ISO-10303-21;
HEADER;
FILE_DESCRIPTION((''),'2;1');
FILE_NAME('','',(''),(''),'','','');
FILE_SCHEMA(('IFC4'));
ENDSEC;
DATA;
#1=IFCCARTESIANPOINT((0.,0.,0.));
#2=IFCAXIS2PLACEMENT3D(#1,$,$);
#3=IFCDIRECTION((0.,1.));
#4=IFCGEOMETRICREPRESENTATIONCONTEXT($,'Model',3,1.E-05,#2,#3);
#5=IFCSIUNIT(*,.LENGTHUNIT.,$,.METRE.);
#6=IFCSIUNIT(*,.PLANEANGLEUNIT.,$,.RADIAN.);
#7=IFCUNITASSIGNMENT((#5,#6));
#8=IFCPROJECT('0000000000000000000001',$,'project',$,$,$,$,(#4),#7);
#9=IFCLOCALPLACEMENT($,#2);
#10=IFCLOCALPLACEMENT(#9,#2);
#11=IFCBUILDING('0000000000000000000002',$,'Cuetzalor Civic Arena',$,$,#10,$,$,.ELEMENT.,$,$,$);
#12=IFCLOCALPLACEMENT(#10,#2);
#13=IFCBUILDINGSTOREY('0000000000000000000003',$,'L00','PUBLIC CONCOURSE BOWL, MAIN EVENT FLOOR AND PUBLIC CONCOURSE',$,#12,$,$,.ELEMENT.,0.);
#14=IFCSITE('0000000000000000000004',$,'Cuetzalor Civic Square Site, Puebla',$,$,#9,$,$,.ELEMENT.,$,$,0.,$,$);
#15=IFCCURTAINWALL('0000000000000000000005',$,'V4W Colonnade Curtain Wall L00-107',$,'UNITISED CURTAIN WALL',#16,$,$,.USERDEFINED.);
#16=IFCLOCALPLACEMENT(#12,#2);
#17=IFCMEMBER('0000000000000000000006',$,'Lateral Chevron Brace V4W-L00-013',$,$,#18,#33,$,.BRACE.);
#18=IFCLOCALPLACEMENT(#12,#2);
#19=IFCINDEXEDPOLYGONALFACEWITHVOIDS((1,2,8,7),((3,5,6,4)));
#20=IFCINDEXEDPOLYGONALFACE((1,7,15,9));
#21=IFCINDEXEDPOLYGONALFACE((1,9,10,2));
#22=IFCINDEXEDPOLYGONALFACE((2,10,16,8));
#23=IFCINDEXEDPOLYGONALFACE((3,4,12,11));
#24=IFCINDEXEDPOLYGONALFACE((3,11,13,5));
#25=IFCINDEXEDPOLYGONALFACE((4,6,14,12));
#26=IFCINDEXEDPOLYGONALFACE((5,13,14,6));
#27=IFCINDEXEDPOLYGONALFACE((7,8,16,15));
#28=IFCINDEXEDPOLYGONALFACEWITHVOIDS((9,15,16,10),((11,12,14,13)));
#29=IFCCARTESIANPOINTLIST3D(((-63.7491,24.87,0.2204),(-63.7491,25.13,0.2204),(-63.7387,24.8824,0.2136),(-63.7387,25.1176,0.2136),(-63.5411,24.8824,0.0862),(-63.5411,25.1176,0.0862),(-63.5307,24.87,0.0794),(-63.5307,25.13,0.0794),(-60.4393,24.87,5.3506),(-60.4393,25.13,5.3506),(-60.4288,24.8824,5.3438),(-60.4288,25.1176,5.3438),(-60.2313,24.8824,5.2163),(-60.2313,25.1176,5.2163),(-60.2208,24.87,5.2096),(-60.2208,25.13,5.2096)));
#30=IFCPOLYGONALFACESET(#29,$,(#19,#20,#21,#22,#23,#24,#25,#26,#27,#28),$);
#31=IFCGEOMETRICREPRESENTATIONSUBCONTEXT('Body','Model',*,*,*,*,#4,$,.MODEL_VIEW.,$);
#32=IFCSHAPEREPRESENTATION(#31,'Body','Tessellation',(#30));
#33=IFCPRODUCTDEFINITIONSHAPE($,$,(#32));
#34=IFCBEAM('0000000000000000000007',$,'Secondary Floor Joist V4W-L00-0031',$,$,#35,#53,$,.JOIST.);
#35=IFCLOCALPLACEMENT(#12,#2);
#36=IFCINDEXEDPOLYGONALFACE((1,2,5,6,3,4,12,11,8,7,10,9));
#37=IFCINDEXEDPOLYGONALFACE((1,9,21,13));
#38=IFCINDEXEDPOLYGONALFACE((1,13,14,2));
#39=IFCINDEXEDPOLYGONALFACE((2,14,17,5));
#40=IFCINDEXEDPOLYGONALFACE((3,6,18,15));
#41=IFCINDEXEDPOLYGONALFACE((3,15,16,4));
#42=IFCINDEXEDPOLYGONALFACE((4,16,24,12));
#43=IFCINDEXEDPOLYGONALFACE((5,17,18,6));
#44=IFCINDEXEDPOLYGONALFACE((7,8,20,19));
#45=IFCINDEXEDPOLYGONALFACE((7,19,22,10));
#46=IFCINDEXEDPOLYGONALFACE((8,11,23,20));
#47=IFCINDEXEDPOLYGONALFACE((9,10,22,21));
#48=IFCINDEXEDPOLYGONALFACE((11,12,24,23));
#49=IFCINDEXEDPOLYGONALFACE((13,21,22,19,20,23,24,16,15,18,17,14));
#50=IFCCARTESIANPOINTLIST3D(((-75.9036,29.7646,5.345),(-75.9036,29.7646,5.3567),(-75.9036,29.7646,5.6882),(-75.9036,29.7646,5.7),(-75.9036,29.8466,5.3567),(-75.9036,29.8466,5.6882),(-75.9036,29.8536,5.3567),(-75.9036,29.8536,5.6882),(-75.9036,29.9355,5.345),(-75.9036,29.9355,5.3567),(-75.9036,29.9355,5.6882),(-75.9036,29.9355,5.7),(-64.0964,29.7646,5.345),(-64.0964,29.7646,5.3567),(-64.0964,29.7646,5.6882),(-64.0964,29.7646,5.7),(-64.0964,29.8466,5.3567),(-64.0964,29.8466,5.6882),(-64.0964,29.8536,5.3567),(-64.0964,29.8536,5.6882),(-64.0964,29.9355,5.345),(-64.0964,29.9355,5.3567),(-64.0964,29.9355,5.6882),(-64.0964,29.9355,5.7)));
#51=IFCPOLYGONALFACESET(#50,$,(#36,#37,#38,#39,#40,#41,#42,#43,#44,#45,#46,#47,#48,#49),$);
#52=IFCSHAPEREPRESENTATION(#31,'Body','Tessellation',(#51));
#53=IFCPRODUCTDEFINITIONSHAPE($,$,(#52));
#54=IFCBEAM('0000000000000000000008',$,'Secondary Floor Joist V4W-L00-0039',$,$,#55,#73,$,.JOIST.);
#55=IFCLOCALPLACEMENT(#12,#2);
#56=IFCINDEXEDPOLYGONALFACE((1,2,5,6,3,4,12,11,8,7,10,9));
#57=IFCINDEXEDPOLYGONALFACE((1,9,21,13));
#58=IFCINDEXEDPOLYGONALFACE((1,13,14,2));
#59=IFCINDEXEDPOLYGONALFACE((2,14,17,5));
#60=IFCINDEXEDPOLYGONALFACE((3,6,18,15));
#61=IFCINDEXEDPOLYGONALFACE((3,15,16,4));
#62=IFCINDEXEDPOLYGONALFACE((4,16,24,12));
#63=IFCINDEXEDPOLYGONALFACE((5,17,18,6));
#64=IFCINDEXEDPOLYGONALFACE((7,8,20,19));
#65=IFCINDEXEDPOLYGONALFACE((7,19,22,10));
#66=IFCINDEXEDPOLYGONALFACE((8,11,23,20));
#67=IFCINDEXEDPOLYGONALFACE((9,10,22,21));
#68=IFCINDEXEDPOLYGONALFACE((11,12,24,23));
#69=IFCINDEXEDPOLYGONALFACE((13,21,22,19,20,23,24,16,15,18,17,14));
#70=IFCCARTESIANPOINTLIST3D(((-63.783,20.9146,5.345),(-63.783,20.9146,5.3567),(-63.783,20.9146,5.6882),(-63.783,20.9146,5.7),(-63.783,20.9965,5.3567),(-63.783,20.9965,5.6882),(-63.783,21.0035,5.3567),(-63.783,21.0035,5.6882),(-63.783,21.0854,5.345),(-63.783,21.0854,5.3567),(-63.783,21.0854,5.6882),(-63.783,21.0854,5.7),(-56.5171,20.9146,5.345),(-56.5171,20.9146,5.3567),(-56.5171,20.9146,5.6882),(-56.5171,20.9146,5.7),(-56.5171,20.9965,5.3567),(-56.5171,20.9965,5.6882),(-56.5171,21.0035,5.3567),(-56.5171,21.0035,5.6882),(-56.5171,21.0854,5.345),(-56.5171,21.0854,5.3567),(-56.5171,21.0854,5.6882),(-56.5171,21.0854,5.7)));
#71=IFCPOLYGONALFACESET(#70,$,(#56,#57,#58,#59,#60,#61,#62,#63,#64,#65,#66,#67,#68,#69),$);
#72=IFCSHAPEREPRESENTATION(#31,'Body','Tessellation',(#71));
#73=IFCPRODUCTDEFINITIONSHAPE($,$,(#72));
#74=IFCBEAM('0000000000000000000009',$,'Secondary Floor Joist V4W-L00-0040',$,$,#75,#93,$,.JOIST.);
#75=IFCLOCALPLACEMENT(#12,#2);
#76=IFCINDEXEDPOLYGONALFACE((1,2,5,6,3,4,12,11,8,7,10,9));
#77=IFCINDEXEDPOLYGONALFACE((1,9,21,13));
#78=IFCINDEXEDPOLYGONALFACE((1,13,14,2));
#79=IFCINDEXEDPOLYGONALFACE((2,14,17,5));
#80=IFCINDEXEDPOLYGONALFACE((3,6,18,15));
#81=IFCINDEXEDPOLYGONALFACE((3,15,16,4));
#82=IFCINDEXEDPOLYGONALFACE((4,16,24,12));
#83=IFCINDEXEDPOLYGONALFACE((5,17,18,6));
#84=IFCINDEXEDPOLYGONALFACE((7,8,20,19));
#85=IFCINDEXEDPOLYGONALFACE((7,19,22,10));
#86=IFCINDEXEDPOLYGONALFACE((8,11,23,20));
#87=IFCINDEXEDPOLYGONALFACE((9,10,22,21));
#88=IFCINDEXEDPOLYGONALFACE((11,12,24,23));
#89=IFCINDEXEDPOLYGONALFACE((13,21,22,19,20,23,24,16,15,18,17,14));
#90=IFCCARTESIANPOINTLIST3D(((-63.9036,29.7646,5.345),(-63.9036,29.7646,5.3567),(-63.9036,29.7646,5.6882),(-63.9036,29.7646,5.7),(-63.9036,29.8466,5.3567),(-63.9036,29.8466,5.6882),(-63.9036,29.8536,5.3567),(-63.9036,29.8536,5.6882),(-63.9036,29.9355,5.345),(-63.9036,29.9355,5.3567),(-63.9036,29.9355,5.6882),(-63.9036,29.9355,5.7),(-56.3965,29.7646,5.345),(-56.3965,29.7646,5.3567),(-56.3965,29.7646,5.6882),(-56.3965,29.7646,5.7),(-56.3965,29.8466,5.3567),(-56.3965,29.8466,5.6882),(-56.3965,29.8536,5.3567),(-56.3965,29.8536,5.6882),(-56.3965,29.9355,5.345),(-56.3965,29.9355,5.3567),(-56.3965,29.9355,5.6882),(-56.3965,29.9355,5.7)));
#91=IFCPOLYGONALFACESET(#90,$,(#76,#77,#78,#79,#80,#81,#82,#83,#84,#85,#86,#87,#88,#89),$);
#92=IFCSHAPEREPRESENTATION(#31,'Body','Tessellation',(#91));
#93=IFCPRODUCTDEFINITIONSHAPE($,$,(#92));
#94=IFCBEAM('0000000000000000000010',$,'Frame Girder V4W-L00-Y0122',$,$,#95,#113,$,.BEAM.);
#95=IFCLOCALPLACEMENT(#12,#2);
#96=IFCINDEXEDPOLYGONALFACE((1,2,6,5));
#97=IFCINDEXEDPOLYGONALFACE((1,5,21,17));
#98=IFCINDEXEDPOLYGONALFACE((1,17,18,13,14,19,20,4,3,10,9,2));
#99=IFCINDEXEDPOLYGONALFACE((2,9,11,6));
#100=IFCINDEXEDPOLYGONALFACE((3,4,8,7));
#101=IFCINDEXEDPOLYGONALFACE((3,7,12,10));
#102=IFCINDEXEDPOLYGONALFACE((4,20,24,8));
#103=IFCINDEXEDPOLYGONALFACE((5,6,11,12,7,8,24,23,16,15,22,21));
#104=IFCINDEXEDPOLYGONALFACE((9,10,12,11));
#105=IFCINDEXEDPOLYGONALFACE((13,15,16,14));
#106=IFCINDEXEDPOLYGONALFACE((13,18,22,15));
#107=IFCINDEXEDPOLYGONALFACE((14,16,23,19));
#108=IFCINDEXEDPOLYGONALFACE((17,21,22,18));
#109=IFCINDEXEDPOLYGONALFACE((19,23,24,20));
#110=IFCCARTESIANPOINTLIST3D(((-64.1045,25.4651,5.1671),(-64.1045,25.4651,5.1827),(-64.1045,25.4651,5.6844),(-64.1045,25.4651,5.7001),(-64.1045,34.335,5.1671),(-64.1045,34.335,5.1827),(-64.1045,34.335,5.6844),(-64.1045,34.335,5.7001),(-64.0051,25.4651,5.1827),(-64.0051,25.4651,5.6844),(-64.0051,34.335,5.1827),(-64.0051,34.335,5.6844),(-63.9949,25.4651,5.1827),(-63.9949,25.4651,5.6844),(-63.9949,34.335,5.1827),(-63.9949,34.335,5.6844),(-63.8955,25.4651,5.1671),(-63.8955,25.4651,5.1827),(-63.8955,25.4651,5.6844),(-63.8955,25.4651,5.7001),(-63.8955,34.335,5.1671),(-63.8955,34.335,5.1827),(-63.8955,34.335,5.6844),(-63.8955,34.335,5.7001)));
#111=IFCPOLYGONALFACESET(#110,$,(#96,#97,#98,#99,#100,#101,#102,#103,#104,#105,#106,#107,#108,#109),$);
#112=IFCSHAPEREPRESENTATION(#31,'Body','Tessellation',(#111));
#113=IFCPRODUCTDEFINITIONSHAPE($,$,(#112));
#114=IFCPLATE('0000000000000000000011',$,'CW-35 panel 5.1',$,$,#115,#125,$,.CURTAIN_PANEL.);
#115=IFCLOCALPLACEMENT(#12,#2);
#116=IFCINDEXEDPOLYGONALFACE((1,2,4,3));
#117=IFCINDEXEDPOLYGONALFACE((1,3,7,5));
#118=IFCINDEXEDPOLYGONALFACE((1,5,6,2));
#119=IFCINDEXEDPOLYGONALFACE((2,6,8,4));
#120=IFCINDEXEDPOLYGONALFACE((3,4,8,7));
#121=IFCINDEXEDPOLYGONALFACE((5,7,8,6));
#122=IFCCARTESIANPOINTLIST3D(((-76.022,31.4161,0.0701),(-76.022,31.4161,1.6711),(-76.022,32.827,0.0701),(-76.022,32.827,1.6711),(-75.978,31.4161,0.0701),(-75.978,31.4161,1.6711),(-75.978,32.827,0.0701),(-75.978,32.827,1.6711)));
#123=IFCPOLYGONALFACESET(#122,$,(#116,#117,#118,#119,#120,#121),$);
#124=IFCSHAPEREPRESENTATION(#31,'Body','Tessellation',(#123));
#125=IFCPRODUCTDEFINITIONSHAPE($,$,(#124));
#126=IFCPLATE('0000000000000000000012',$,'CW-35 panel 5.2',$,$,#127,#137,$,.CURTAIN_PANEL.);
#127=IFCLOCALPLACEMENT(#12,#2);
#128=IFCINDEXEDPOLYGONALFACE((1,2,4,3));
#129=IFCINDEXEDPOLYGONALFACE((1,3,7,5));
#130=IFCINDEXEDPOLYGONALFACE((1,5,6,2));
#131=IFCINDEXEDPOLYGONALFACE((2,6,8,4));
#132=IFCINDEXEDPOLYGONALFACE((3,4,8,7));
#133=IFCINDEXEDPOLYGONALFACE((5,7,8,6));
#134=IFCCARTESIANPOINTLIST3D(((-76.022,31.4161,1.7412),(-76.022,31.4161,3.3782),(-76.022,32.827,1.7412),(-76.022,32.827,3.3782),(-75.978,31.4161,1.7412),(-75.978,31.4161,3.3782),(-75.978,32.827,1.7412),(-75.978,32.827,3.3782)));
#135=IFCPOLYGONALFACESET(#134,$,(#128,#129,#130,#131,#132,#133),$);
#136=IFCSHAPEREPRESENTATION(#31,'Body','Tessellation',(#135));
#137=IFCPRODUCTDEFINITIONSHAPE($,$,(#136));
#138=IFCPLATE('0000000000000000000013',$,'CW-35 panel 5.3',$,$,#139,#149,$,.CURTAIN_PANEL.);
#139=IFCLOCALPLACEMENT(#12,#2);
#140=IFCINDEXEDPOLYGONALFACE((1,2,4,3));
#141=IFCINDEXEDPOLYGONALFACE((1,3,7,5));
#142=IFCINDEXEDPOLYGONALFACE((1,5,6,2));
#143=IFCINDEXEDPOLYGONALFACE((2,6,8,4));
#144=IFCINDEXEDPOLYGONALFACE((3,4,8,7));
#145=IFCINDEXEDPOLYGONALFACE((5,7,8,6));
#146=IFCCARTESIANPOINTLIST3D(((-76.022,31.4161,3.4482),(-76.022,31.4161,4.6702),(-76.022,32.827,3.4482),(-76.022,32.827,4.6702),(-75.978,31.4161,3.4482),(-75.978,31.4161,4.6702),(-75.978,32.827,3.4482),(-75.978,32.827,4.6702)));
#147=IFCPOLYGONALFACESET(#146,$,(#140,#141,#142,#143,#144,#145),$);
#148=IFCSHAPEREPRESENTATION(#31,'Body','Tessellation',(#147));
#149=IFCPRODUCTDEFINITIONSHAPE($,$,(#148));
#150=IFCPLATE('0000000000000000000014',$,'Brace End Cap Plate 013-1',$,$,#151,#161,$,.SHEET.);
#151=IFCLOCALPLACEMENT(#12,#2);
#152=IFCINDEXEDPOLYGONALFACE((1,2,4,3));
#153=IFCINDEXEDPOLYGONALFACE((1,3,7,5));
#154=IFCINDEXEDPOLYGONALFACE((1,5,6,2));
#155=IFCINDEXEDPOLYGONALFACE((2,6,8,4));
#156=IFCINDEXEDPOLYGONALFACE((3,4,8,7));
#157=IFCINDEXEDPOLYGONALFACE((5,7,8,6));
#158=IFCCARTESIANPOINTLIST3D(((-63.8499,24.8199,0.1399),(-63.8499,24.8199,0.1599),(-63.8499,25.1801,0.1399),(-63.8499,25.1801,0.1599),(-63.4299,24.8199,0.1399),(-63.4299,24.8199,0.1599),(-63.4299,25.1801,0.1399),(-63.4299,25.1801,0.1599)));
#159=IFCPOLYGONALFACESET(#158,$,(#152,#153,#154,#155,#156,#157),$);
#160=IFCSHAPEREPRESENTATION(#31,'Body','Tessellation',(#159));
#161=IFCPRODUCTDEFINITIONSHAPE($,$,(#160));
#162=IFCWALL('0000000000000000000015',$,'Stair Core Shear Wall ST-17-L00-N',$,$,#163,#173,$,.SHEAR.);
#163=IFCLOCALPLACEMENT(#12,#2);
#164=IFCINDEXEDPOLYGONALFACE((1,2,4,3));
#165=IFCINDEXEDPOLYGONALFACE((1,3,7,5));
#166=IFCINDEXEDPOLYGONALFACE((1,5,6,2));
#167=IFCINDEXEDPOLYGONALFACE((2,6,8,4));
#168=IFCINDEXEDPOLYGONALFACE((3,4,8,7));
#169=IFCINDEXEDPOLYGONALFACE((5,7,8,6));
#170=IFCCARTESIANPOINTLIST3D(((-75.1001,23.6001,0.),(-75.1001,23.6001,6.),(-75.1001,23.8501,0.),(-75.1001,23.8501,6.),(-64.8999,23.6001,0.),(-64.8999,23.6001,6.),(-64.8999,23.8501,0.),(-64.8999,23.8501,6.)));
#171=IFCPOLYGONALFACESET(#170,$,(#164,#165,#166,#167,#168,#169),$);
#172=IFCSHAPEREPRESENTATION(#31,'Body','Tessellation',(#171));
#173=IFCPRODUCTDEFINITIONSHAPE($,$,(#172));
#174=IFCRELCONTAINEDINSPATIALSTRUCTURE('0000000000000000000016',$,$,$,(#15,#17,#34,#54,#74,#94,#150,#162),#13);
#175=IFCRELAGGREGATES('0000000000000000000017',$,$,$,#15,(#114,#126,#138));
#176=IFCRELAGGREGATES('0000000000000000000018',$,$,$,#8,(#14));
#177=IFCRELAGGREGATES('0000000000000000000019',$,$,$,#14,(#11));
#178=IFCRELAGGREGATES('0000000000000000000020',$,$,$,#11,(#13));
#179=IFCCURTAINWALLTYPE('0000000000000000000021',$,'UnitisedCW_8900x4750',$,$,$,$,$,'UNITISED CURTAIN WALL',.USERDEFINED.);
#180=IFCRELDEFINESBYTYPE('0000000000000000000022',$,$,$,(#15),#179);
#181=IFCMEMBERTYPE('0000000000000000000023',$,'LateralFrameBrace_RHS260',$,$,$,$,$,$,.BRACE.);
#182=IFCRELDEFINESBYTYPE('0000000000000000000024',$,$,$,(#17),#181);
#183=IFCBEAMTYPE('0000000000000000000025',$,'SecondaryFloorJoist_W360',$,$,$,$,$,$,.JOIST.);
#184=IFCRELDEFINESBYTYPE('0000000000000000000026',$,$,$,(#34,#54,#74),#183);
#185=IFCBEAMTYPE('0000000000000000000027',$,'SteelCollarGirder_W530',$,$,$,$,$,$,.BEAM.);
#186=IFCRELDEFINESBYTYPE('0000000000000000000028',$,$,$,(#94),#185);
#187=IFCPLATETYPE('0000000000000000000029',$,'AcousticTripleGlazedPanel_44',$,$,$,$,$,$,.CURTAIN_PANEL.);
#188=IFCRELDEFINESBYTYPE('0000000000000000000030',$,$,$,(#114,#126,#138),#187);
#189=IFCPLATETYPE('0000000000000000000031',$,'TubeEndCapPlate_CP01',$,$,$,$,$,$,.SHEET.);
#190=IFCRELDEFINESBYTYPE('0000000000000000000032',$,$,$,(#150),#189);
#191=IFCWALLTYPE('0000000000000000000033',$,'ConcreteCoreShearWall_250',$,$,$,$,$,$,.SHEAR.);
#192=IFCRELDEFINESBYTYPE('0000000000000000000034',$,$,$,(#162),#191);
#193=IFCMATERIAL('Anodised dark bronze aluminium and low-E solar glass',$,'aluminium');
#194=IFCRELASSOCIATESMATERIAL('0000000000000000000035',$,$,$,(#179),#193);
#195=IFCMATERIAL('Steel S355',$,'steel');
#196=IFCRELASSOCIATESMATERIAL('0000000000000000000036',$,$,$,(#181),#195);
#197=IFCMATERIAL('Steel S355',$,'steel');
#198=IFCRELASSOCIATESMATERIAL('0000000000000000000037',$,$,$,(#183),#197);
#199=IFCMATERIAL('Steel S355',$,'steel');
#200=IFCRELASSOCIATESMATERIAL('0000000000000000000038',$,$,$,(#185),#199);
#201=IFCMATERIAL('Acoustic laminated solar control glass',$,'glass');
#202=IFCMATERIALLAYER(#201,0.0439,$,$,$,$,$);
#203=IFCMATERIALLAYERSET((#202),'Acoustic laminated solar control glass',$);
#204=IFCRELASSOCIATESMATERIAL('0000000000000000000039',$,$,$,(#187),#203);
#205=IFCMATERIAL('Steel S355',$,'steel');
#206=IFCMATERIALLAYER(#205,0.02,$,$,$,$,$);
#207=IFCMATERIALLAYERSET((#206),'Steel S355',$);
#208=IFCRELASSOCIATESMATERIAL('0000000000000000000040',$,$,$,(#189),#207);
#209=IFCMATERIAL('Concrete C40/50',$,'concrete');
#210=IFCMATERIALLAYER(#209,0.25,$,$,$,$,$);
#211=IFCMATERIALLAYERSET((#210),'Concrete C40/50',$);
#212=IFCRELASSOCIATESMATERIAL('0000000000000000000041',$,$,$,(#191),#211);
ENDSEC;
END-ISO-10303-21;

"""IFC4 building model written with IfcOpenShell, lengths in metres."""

from ifc_helpers import new_model, si_unit, direction, frame, frame_2d, origin, origin_2d, place, context, subcontext, project, spatial, rectangle, hollow_rectangle, i_section, extrude, material, layer, layer_set, material_profile, profile_set, type_object, element, aggregate, save


model = new_model("IFC4")

# Units and contexts
model_context = context("Model", 3, precision=1e-05, world=origin(), true_north=direction((0.0, 1.0)))
body_context = subcontext(model_context, "Body", "Model", "MODEL_VIEW")
ifc_project = project(units=[si_unit("LENGTHUNIT", "METRE"), si_unit("PLANEANGLEUNIT", "RADIAN")], contexts=[model_context])

# Site, building, storey
site_placement = place(None, origin())
site = spatial("IfcSite", under=ifc_project, at=site_placement, Name="Cuetzalor Civic Square Site, Puebla", CompositionType="ELEMENT", RefElevation=0.0)
building_placement = place(site_placement, origin())
building = spatial("IfcBuilding", under=site, at=building_placement, Name="Cuetzalor Civic Arena", CompositionType="ELEMENT")
storey_placement = place(building_placement, origin())
storey = spatial("IfcBuildingStorey", under=building, at=storey_placement, Name="L00", Description="PUBLIC CONCOURSE BOWL, MAIN EVENT FLOOR AND PUBLIC CONCOURSE", CompositionType="ELEMENT", Elevation=0.0)

# Curtain wall
ifc_material_1 = material(Name="Anodised dark bronze aluminium and low-E solar glass", Category="aluminium")
curtain_wall_type = type_object("IfcCurtainWallType", Name="UnitisedCW_8900x4750", ElementType="UNITISED CURTAIN WALL", PredefinedType="USERDEFINED", material=ifc_material_1)
curtain_wall_placement = place(storey_placement, origin())
curtain_wall = element("IfcCurtainWall", 1, at=curtain_wall_placement, inside=storey, type_object=curtain_wall_type, Name="V4W Colonnade Curtain Wall L00-107", ObjectType="UNITISED CURTAIN WALL", PredefinedType="USERDEFINED")

# Member
ifc_material_2 = material(Name="Steel S355", Category="steel")
ifc_material_profile_1 = material_profile(ifc_material_2, hollow_rectangle(XDim=0.26, YDim=0.26, WallThickness=0.0125, at=origin_2d()), Name="RHS 260x260x12.5")
ifc_profile_set_1 = profile_set([ifc_material_profile_1], Name="Steel S355")
member_type_1 = type_object("IfcMemberType", Name="LateralFrameBrace_RHS260", PredefinedType="BRACE", material=ifc_profile_set_1)
member_1_placement = place(storey_placement, frame((-63.6399, 25.0, 0.1499), z_axis=(0.542133, 0.0, 0.840293), x_axis=(0.0, 1.0, 0.0)))
element("IfcMember", 2, at=member_1_placement, inside=storey, type_object=member_type_1, Name="Lateral Chevron Brace V4W-L00-013", PredefinedType="BRACE", context=body_context, shape_type="SweptSolid", body=[
    extrude(hollow_rectangle(XDim=0.26, YDim=0.26, WallThickness=0.0125, at=origin_2d()), origin(), (0.0, 0.0, 1.0), 6.1052),
])

# Beams
ifc_material_3 = material(Name="Steel S355", Category="steel")
ifc_material_profile_2 = material_profile(ifc_material_3, i_section(OverallWidth=0.1709, OverallDepth=0.355, WebThickness=0.0071, FlangeThickness=0.0117, at=origin_2d()), Name="W360x51")
ifc_profile_set_2 = profile_set([ifc_material_profile_2], Name="Steel S355")
beam_type_1 = type_object("IfcBeamType", Name="SecondaryFloorJoist_W360", PredefinedType="JOIST", material=ifc_profile_set_2)
beam_1_placement = place(storey_placement, frame((-75.9036, 29.8501, 5.5225), z_axis=(1.0, 0.0, 0.0), x_axis=(0.0, 1.0, 0.0)))
element("IfcBeam", 3, at=beam_1_placement, inside=storey, type_object=beam_type_1, Name="Secondary Floor Joist V4W-L00-0031", PredefinedType="JOIST", context=body_context, shape_type="SweptSolid", body=[
    extrude(i_section(OverallWidth=0.1709, OverallDepth=0.355, WebThickness=0.0071, FlangeThickness=0.0117, at=origin_2d()), origin(), (0.0, 0.0, 1.0), 11.8071),
])
beam_2_placement = place(storey_placement, frame((-63.783, 21.0, 5.5225), z_axis=(1.0, 0.0, 0.0), x_axis=(0.0, 1.0, 0.0)))
element("IfcBeam", 4, at=beam_2_placement, inside=storey, type_object=beam_type_1, Name="Secondary Floor Joist V4W-L00-0039", PredefinedType="JOIST", context=body_context, shape_type="SweptSolid", body=[
    extrude(i_section(OverallWidth=0.1709, OverallDepth=0.355, WebThickness=0.0071, FlangeThickness=0.0117, at=origin_2d()), origin(), (0.0, 0.0, 1.0), 7.2659),
])
beam_3_placement = place(storey_placement, frame((-63.9036, 29.8501, 5.5225), z_axis=(1.0, 0.0, 0.0), x_axis=(0.0, 1.0, 0.0)))
element("IfcBeam", 5, at=beam_3_placement, inside=storey, type_object=beam_type_1, Name="Secondary Floor Joist V4W-L00-0040", PredefinedType="JOIST", context=body_context, shape_type="SweptSolid", body=[
    extrude(i_section(OverallWidth=0.1709, OverallDepth=0.355, WebThickness=0.0071, FlangeThickness=0.0117, at=origin_2d()), origin(), (0.0, 0.0, 1.0), 7.5071),
])
ifc_material_4 = material(Name="Steel S355", Category="steel")
ifc_material_profile_3 = material_profile(ifc_material_4, i_section(OverallWidth=0.209, OverallDepth=0.533, WebThickness=0.0103, FlangeThickness=0.0156, at=origin_2d()), Name="W530x92")
ifc_profile_set_3 = profile_set([ifc_material_profile_3], Name="Steel S355")
beam_type_2 = type_object("IfcBeamType", Name="SteelCollarGirder_W530", PredefinedType="BEAM", material=ifc_profile_set_3)
beam_4_placement = place(storey_placement, frame((-64.0, 25.4651, 5.4336), z_axis=(0.0, 1.0, 0.0), x_axis=(-1.0, 0.0, 0.0)))
element("IfcBeam", 6, at=beam_4_placement, inside=storey, type_object=beam_type_2, Name="Frame Girder V4W-L00-Y0122", PredefinedType="BEAM", context=body_context, shape_type="SweptSolid", body=[
    extrude(i_section(OverallWidth=0.209, OverallDepth=0.533, WebThickness=0.0103, FlangeThickness=0.0156, at=origin_2d()), origin(), (0.0, 0.0, 1.0), 8.8699),
])

# Plates
ifc_material_5 = material(Name="Acoustic laminated solar control glass", Category="glass")
ifc_layer_1 = layer(ifc_material_5, 0.0439)
ifc_layer_set_1 = layer_set([ifc_layer_1], Name="Acoustic laminated solar control glass")
plate_type_1 = type_object("IfcPlateType", Name="AcousticTripleGlazedPanel_44", PredefinedType="CURTAIN_PANEL", material=ifc_layer_set_1)
plate_1_placement = place(storey_placement, frame((-76.0, 32.1216, 0.0701), z_axis=(0.0, 0.0, 1.0), x_axis=(0.0, 1.0, 0.0)))
plate_1 = element("IfcPlate", 7, at=plate_1_placement, type_object=plate_type_1, Name="CW-35 panel 5.1", PredefinedType="CURTAIN_PANEL", context=body_context, shape_type="SweptSolid", body=[
    extrude(rectangle(XDim=1.4109, YDim=0.0439, at=origin_2d()), origin(), (0.0, 0.0, 1.0), 1.6011),
])
plate_2_placement = place(storey_placement, frame((-76.0, 32.1216, 1.7412), z_axis=(0.0, 0.0, 1.0), x_axis=(0.0, 1.0, 0.0)))
plate_2 = element("IfcPlate", 8, at=plate_2_placement, type_object=plate_type_1, Name="CW-35 panel 5.2", PredefinedType="CURTAIN_PANEL", context=body_context, shape_type="SweptSolid", body=[
    extrude(rectangle(XDim=1.4109, YDim=0.0439, at=origin_2d()), origin(), (0.0, 0.0, 1.0), 1.637),
])
plate_3_placement = place(storey_placement, frame((-76.0, 32.1216, 3.4482), z_axis=(0.0, 0.0, 1.0), x_axis=(0.0, 1.0, 0.0)))
plate_3 = element("IfcPlate", 9, at=plate_3_placement, type_object=plate_type_1, Name="CW-35 panel 5.3", PredefinedType="CURTAIN_PANEL", context=body_context, shape_type="SweptSolid", body=[
    extrude(rectangle(XDim=1.4109, YDim=0.0439, at=origin_2d()), origin(), (0.0, 0.0, 1.0), 1.2219),
])
aggregate(curtain_wall, [plate_1, plate_2, plate_3])
ifc_material_6 = material(Name="Steel S355", Category="steel")
ifc_layer_2 = layer(ifc_material_6, 0.02)
ifc_layer_set_2 = layer_set([ifc_layer_2], Name="Steel S355")
plate_type_2 = type_object("IfcPlateType", Name="TubeEndCapPlate_CP01", PredefinedType="SHEET", material=ifc_layer_set_2)
plate_4_placement = place(storey_placement, frame((-63.6399, 25.0, 0.1399), z_axis=(0.0, 0.0, 1.0), x_axis=(1.0, 0.0, 0.0)))
element("IfcPlate", 10, at=plate_4_placement, inside=storey, type_object=plate_type_2, Name="Brace End Cap Plate 013-1", PredefinedType="SHEET", context=body_context, shape_type="SweptSolid", body=[
    extrude(rectangle(XDim=0.4199, YDim=0.3601, at=origin_2d()), origin(), (0.0, 0.0, 1.0), 0.02),
])

# Wall
ifc_material_7 = material(Name="Concrete C40/50", Category="concrete")
ifc_layer_3 = layer(ifc_material_7, 0.25)
ifc_layer_set_3 = layer_set([ifc_layer_3], Name="Concrete C40/50")
wall_type = type_object("IfcWallType", Name="ConcreteCoreShearWall_250", PredefinedType="SHEAR", material=ifc_layer_set_3)
wall_1_placement = place(storey_placement, frame((-75.1001, 23.7251, 0.0), z_axis=(0.0, 0.0, 1.0), x_axis=(1.0, 0.0, 0.0)))
element("IfcWall", 11, at=wall_1_placement, inside=storey, type_object=wall_type, Name="Stair Core Shear Wall ST-17-L00-N", PredefinedType="SHEAR", context=body_context, shape_type="SweptSolid", body=[
    extrude(rectangle(XDim=10.2002, YDim=0.25, at=frame_2d((5.1001, 0.0))), origin(), (0.0, 0.0, 1.0), 6.0),
])

save(model, "model.ifc")
